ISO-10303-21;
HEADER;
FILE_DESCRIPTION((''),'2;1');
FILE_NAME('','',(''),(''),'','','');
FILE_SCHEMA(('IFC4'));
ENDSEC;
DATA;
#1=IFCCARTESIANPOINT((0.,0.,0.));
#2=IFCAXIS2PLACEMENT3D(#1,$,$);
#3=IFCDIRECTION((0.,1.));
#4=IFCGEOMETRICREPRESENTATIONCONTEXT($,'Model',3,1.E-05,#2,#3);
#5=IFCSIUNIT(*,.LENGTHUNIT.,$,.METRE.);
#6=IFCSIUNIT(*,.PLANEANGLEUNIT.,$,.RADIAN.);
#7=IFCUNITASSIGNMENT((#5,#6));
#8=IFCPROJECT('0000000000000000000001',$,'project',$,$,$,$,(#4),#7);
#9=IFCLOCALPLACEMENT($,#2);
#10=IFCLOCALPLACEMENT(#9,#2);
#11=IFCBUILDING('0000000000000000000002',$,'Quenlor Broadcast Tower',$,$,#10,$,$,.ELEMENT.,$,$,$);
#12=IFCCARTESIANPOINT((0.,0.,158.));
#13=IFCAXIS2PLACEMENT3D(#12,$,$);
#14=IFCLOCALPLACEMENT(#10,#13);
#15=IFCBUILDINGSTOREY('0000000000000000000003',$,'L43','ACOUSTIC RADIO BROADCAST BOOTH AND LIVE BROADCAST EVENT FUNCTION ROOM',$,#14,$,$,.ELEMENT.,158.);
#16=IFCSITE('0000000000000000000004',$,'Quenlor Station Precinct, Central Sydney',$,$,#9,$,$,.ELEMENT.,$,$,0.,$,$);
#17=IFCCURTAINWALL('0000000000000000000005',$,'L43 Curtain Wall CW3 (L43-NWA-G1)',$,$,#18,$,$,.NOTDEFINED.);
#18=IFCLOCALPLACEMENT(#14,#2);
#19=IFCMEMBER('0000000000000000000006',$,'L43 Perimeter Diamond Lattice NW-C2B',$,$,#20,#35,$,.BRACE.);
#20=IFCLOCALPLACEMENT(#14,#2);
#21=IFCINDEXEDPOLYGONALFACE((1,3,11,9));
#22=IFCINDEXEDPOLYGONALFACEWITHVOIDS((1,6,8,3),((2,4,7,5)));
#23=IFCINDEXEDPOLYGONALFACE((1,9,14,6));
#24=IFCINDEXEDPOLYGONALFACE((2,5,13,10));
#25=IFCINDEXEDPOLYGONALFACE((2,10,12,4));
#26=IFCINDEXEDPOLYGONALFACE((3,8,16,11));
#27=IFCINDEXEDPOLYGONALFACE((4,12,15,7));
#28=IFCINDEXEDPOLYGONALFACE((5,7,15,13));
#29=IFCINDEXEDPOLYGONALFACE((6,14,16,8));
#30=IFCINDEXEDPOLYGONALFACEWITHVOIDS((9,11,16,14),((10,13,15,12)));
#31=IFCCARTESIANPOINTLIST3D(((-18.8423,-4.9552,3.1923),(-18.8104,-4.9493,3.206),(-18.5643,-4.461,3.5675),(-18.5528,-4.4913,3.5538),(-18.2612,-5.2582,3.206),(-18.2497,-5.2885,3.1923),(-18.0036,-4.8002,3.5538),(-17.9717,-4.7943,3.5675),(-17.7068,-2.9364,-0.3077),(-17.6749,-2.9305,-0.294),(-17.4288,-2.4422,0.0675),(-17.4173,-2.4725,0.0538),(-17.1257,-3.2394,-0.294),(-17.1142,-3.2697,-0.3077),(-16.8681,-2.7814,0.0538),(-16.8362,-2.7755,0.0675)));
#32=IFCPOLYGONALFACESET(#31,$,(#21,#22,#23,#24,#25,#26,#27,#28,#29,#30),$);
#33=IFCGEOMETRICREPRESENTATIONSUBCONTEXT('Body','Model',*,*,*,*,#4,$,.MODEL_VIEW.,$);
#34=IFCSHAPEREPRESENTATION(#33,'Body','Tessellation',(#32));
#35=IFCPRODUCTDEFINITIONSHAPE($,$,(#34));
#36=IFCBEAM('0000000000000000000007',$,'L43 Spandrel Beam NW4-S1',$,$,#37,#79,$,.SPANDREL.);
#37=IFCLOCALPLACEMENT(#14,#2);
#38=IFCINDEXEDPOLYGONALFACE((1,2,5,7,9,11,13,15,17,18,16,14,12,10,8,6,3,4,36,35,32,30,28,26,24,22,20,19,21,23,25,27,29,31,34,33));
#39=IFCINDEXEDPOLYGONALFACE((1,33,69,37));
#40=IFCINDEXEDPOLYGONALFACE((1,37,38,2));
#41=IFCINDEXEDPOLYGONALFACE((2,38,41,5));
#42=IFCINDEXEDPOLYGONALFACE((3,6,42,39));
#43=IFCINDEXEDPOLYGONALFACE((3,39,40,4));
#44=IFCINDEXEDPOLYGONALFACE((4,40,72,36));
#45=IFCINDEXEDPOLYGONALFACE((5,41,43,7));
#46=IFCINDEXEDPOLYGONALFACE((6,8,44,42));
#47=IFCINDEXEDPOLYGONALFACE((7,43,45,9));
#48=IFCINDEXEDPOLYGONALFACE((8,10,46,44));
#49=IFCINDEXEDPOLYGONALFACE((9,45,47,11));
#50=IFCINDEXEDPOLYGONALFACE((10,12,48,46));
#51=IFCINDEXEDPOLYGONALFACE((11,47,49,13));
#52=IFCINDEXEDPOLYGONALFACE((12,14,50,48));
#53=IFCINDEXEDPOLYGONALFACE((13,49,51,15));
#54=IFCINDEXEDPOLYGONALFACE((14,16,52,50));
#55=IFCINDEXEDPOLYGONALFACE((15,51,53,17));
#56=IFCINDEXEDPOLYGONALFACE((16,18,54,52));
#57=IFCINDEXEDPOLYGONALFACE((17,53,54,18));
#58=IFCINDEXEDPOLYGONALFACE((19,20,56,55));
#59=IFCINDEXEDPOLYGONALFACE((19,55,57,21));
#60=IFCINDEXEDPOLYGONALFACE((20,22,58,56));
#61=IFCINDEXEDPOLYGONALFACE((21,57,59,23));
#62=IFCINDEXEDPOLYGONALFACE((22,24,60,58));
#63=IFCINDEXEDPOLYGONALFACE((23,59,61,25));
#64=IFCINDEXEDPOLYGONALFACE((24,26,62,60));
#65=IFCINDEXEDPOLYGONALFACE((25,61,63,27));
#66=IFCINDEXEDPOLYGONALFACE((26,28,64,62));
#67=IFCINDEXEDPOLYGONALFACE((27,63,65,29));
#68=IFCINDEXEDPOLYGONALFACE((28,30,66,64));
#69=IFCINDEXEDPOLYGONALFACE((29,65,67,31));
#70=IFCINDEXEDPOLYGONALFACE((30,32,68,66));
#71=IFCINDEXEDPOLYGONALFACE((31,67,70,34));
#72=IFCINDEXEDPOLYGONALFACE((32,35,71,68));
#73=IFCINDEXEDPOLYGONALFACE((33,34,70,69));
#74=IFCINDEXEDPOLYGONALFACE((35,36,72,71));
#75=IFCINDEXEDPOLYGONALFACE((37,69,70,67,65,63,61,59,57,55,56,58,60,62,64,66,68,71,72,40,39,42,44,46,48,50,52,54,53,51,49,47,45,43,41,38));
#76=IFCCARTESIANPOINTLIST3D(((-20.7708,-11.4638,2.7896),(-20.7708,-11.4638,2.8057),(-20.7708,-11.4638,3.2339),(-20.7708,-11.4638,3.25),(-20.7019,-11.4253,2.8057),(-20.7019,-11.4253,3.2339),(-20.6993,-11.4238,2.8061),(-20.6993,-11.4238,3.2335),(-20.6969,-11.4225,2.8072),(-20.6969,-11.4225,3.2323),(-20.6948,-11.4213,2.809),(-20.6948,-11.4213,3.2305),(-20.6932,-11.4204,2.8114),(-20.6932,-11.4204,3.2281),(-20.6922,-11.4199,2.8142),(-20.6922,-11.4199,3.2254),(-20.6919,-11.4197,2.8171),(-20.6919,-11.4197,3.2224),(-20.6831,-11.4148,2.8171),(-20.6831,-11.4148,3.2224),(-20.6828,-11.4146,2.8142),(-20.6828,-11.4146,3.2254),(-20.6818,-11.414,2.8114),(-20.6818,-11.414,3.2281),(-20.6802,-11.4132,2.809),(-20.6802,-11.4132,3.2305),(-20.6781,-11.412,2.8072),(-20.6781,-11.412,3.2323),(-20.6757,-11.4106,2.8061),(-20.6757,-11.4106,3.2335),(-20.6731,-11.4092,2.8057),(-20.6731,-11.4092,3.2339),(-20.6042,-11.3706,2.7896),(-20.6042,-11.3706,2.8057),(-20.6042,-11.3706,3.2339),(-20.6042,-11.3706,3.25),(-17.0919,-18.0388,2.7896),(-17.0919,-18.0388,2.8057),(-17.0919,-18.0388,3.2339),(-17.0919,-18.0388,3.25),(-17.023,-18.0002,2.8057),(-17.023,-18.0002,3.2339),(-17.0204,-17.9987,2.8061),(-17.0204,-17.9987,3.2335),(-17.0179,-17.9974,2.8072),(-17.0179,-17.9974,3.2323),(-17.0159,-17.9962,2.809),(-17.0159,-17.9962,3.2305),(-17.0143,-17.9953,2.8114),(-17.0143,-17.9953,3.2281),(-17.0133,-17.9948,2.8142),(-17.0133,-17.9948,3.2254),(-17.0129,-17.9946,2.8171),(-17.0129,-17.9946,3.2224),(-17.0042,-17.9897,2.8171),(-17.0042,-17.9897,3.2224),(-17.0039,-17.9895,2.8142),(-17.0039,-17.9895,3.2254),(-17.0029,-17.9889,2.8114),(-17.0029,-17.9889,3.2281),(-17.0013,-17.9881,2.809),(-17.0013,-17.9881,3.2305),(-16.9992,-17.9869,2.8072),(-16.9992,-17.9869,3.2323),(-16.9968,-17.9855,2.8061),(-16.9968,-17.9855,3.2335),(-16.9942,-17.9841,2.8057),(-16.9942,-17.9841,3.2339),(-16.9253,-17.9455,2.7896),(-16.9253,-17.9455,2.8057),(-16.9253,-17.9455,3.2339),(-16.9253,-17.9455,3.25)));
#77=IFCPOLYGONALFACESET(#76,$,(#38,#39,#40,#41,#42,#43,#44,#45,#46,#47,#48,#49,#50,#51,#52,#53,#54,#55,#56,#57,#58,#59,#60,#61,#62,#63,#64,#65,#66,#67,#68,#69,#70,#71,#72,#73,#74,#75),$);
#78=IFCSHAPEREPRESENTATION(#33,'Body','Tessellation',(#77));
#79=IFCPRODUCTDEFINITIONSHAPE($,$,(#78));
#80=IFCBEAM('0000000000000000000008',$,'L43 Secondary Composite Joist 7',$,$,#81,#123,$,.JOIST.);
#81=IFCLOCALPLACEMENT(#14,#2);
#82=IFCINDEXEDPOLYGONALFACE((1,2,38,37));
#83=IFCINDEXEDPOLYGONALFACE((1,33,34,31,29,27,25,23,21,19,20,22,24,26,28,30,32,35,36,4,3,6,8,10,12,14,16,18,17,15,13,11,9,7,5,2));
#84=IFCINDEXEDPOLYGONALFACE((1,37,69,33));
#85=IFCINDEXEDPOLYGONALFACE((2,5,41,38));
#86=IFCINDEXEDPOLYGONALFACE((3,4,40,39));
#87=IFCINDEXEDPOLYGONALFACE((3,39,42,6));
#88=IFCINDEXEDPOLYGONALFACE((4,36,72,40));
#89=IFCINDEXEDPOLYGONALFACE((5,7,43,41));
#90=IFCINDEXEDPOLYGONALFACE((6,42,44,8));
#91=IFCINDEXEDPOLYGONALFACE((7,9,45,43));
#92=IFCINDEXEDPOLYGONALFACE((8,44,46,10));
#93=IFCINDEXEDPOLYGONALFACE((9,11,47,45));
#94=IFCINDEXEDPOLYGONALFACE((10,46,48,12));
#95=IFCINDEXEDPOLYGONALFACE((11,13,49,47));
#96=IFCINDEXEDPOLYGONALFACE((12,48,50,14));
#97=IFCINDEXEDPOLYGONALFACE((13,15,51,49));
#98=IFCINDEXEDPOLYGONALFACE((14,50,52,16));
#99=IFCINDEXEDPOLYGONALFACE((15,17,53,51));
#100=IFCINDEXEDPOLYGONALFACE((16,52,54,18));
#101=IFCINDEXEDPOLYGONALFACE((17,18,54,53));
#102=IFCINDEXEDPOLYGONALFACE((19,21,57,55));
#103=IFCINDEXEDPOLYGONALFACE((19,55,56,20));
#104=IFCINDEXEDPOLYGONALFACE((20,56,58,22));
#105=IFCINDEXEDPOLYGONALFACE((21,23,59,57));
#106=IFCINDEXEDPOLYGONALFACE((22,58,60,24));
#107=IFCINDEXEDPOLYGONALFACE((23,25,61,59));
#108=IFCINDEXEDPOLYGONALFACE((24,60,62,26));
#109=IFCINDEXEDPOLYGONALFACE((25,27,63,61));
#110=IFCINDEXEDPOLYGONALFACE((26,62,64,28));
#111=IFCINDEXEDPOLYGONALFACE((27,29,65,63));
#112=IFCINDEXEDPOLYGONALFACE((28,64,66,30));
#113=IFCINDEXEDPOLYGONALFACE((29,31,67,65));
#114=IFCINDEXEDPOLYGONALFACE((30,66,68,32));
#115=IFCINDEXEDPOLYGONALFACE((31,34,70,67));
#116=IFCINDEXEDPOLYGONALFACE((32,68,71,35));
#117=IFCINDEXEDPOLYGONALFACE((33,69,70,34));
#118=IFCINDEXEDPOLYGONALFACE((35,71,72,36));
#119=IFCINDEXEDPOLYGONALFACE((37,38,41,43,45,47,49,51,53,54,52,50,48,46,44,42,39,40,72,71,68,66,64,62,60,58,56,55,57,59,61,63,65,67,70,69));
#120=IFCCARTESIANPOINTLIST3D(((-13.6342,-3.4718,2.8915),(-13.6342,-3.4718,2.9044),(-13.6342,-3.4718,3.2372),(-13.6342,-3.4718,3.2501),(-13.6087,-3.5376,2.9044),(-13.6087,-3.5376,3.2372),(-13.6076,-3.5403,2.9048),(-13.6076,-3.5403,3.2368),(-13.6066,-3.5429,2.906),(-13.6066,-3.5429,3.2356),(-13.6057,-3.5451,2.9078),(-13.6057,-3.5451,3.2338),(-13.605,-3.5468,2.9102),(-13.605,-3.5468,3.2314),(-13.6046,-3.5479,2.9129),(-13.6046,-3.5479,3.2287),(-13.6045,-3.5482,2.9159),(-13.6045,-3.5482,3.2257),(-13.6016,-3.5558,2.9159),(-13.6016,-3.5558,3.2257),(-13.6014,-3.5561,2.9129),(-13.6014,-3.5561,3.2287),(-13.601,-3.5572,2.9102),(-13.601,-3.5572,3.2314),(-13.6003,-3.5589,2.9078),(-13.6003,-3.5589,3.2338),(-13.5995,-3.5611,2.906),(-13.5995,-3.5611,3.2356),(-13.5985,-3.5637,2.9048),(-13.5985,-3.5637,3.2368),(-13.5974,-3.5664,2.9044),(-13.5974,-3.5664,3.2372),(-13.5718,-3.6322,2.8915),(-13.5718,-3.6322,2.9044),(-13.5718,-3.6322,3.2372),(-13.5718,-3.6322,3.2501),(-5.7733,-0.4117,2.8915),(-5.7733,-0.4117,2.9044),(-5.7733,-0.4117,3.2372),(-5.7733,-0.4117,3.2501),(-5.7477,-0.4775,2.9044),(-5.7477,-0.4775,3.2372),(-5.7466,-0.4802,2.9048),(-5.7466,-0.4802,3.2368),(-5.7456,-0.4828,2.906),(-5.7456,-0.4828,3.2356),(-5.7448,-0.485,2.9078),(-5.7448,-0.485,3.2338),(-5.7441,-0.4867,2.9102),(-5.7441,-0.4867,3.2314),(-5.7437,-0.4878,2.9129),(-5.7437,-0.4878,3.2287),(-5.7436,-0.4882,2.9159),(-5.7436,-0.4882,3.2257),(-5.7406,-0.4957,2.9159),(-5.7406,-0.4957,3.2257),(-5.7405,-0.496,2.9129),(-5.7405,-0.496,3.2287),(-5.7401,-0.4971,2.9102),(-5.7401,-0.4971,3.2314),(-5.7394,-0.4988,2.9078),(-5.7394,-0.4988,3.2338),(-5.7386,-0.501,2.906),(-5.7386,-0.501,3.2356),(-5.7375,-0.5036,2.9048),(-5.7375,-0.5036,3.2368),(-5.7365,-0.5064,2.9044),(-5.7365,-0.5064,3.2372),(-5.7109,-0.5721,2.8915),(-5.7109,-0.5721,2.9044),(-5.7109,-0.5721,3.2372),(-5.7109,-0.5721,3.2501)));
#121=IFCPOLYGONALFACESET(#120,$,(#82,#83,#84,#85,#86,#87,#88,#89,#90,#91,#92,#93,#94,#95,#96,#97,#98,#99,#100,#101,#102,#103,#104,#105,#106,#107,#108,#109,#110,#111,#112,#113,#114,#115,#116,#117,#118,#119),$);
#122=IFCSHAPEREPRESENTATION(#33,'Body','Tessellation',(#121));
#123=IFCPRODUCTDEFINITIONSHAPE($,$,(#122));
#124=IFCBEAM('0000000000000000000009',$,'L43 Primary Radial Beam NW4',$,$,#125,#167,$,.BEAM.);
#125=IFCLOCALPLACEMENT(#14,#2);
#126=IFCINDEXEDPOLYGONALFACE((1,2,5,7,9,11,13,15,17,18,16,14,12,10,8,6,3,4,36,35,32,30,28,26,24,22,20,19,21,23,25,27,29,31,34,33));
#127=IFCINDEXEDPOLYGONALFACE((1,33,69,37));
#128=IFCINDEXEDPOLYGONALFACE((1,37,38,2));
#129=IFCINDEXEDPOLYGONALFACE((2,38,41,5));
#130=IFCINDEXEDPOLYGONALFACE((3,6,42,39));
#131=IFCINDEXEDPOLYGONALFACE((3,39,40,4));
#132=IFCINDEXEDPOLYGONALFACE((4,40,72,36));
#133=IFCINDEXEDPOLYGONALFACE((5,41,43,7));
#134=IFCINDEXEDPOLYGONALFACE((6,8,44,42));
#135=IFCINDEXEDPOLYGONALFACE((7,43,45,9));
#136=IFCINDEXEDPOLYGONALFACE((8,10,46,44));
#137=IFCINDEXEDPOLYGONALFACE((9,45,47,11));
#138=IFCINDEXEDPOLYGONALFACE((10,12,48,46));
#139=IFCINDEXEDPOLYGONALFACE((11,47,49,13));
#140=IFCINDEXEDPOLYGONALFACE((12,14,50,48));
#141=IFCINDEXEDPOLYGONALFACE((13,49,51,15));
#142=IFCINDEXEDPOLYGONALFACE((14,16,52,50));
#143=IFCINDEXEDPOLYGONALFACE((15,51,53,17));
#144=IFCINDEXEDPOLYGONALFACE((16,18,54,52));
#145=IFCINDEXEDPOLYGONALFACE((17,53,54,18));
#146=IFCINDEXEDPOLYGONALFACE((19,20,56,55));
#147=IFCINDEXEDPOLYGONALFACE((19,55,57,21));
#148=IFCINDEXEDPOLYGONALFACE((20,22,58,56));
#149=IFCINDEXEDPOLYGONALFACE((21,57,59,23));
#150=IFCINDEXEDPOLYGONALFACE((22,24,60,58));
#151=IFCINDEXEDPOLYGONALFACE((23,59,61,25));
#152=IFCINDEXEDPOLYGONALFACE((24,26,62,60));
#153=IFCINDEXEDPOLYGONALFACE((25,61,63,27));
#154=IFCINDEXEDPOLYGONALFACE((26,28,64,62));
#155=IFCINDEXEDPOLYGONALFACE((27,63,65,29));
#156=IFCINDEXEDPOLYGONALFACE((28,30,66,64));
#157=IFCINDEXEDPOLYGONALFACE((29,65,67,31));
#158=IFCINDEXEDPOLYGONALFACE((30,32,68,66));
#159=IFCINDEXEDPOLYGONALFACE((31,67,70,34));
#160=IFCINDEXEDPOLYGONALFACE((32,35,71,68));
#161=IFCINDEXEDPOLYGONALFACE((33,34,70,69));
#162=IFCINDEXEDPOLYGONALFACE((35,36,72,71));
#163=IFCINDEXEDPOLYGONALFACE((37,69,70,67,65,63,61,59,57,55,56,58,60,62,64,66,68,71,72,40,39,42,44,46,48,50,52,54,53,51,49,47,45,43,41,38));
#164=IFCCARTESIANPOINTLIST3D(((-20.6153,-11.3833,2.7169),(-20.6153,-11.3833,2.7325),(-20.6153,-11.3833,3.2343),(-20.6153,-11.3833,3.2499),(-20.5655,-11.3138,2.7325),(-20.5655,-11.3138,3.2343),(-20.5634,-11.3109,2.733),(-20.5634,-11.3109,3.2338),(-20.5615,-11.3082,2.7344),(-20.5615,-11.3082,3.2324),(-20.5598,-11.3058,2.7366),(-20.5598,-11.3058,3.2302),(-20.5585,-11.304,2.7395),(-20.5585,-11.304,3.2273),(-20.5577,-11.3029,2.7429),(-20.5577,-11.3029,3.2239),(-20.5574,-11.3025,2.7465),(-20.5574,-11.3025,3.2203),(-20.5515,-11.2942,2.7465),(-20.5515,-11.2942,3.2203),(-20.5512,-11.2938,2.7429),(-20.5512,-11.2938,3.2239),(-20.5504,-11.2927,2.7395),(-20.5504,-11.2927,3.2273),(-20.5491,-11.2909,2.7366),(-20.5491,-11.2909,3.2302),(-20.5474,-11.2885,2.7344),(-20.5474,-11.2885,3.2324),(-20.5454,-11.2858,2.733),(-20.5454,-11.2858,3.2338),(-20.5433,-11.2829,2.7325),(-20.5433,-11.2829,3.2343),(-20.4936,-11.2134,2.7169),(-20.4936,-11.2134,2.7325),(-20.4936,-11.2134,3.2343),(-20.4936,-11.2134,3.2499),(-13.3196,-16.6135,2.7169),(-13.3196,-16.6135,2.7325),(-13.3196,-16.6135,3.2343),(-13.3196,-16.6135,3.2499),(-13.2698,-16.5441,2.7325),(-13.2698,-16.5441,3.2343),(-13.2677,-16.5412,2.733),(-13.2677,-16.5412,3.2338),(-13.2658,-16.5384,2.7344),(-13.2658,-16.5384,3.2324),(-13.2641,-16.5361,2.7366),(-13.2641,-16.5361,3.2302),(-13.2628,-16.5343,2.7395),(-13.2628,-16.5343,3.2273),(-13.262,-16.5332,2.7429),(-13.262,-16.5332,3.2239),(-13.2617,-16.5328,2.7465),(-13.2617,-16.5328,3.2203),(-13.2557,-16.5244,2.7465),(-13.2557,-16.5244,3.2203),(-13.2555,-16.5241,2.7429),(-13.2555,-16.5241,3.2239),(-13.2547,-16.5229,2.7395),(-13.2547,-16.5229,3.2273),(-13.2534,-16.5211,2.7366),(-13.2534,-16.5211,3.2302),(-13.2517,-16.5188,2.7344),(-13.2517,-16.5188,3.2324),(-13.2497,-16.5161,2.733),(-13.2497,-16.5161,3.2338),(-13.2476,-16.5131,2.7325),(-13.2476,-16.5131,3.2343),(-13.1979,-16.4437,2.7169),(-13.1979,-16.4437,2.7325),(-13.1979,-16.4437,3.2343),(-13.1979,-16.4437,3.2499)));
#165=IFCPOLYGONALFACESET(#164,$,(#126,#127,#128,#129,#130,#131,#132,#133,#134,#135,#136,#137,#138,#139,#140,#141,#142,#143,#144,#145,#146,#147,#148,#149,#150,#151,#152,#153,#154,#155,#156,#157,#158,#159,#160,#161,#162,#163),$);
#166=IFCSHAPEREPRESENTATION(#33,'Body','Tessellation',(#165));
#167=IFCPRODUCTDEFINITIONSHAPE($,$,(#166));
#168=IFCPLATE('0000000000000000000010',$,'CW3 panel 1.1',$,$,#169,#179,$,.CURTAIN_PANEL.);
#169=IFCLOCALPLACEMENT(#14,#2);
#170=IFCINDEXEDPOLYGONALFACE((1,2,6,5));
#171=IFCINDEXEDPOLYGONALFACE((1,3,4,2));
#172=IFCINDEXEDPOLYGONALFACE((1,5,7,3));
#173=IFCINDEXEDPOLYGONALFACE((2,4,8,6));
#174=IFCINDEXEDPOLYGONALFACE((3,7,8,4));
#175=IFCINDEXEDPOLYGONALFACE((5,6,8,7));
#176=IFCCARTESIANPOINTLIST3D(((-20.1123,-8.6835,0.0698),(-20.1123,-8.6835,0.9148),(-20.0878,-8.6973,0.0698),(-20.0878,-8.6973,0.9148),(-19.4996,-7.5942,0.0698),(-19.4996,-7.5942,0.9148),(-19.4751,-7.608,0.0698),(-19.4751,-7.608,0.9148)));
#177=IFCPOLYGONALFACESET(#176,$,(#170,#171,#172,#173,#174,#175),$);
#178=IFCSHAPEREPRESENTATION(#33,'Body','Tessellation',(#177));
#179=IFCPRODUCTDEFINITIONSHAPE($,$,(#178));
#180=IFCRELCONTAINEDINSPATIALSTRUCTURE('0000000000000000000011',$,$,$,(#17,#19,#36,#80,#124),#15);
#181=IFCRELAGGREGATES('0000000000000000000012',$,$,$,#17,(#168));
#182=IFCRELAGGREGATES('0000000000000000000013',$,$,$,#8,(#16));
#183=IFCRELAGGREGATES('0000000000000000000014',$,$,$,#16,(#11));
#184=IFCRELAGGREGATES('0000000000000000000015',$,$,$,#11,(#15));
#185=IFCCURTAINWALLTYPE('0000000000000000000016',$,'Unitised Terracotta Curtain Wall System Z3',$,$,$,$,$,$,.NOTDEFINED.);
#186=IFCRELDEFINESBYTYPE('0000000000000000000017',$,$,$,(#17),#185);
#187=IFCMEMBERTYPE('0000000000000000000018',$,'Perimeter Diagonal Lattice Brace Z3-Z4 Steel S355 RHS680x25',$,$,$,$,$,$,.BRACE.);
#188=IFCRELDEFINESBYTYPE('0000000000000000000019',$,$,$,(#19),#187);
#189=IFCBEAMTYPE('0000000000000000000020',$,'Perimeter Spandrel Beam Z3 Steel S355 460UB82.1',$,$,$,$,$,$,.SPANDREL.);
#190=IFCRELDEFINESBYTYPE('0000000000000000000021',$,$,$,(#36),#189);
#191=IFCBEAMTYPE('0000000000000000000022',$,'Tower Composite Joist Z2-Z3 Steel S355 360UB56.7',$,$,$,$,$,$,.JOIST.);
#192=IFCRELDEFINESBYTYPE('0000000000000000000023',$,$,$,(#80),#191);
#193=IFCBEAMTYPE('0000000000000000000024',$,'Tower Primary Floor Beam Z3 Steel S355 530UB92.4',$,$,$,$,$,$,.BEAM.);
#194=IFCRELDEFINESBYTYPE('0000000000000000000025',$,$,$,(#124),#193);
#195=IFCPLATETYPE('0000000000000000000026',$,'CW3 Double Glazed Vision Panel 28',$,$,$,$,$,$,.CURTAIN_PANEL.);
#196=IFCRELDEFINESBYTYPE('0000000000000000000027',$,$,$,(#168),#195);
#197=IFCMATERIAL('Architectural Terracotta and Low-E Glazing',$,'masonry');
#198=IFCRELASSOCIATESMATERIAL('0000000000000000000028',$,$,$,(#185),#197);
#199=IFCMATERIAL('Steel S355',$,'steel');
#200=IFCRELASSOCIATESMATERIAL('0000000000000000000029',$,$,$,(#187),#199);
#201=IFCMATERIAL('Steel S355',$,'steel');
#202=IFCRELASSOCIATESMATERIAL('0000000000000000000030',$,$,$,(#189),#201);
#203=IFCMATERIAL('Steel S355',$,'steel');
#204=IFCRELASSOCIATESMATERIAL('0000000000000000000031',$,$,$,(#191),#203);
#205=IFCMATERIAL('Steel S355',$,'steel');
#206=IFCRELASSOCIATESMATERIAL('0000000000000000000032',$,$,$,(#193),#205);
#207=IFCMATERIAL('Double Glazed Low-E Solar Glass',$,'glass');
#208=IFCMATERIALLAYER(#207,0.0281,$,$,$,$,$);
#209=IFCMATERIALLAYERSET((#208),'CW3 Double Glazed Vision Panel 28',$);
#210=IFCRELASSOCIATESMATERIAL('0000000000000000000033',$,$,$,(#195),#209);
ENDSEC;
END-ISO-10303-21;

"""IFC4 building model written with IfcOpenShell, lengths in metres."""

from ifc_helpers import new_model, si_unit, direction, frame, origin, origin_2d, place, context, subcontext, project, spatial, rectangle, hollow_rectangle, i_section, extrude, material, layer, layer_set, material_profile, profile_set, type_object, element, aggregate, save


model = new_model("IFC4")

# Units and contexts
model_context = context("Model", 3, precision=1e-05, world=origin(), true_north=direction((0.0, 1.0)))
body_context = subcontext(model_context, "Body", "Model", "MODEL_VIEW")
ifc_project = project(units=[si_unit("LENGTHUNIT", "METRE"), si_unit("PLANEANGLEUNIT", "RADIAN")], contexts=[model_context])

# Site, building, storey
site_placement = place(None, origin())
site = spatial("IfcSite", under=ifc_project, at=site_placement, Name="Quenlor Station Precinct, Central Sydney", CompositionType="ELEMENT", RefElevation=0.0)
building_placement = place(site_placement, origin())
building = spatial("IfcBuilding", under=site, at=building_placement, Name="Quenlor Broadcast Tower", CompositionType="ELEMENT")
storey_placement = place(building_placement, frame((0.0, 0.0, 158.0)))
storey = spatial("IfcBuildingStorey", under=building, at=storey_placement, Name="L43", Description="ACOUSTIC RADIO BROADCAST BOOTH AND LIVE BROADCAST EVENT FUNCTION ROOM", CompositionType="ELEMENT", Elevation=158.0)

# Curtain wall
ifc_material_1 = material(Name="Architectural Terracotta and Low-E Glazing", Category="masonry")
curtain_wall_type = type_object("IfcCurtainWallType", Name="Unitised Terracotta Curtain Wall System Z3", PredefinedType="NOTDEFINED", material=ifc_material_1)
curtain_wall_placement = place(storey_placement, origin())
curtain_wall = element("IfcCurtainWall", 1, at=curtain_wall_placement, inside=storey, type_object=curtain_wall_type, Name="L43 Curtain Wall CW3 (L43-NWA-G1)", PredefinedType="NOTDEFINED")

# Member
ifc_material_2 = material(Name="Steel S355", Category="steel")
ifc_material_profile_1 = material_profile(ifc_material_2, hollow_rectangle(XDim=0.6799, YDim=0.6799, WallThickness=0.0249, at=origin_2d()))
ifc_profile_set_1 = profile_set([ifc_material_profile_1], Name="Steel S355 RHS680x680x25")
member_type_1 = type_object("IfcMemberType", Name="Perimeter Diagonal Lattice Brace Z3-Z4 Steel S355 RHS680x25", PredefinedType="BRACE", material=ifc_profile_set_1)
for number, where, z_axis, x_axis, name in (
    (2, (-17.2715, -2.856, -0.1201), (-0.270549, -0.481009, 0.833927), (0.87159, -0.490236, 0.0), "L43 Perimeter Diamond Lattice NW-C2B"),
):
    element("IfcMember", number, at=place(storey_placement, frame(where, z_axis=z_axis, x_axis=x_axis)), inside=storey, type_object=member_type_1, Name=name, PredefinedType="BRACE", context=body_context, shape_type="SweptSolid", body=[
        extrude(hollow_rectangle(XDim=0.6799, YDim=0.6799, WallThickness=0.0249, at=origin_2d()), origin(), (0.0, 0.0, 1.0), 4.197),
    ])

# Beams
ifc_material_3 = material(Name="Steel S355", Category="steel")
ifc_material_profile_2 = material_profile(ifc_material_3, i_section(OverallWidth=0.1909, OverallDepth=0.4604, WebThickness=0.01, FlangeThickness=0.0161, FilletRadius=0.0115, at=origin_2d()))
ifc_profile_set_2 = profile_set([ifc_material_profile_2], Name="Steel S355 460UB82.1")
beam_type_1 = type_object("IfcBeamType", Name="Perimeter Spandrel Beam Z3 Steel S355 460UB82.1", PredefinedType="SPANDREL", material=ifc_profile_set_2)
beam_1_placement = place(storey_placement, frame((-20.6875, -11.4172, 3.0198), z_axis=(0.488298, -0.872677, 0.0), x_axis=(0.872677, 0.488298, 0.0)))
element("IfcBeam", 3, at=beam_1_placement, inside=storey, type_object=beam_type_1, Name="L43 Spandrel Beam NW4-S1", PredefinedType="SPANDREL", context=body_context, shape_type="SweptSolid", body=[
    extrude(i_section(OverallWidth=0.1909, OverallDepth=0.4604, WebThickness=0.01, FlangeThickness=0.0161, FilletRadius=0.0115, at=origin_2d()), origin(), (0.0, 0.0, 1.0), 7.5342),
])
ifc_material_4 = material(Name="Steel S355", Category="steel")
ifc_material_profile_3 = material_profile(ifc_material_4, i_section(OverallWidth=0.1721, OverallDepth=0.3586, WebThickness=0.0081, FlangeThickness=0.0129, FilletRadius=0.0115, at=origin_2d()))
ifc_profile_set_3 = profile_set([ifc_material_profile_3], Name="Steel S355 360UB56.7")
beam_type_2 = type_object("IfcBeamType", Name="Tower Composite Joist Z2-Z3 Steel S355 360UB56.7", PredefinedType="JOIST", material=ifc_profile_set_3)
beam_2_placement = place(storey_placement, frame((-13.603, -3.552, 3.0708), z_axis=(0.931882, 0.362762, 0.0), x_axis=(-0.362762, 0.931882, 0.0)))
element("IfcBeam", 4, at=beam_2_placement, inside=storey, type_object=beam_type_2, Name="L43 Secondary Composite Joist 7", PredefinedType="JOIST", context=body_context, shape_type="SweptSolid", body=[
    extrude(i_section(OverallWidth=0.1721, OverallDepth=0.3586, WebThickness=0.0081, FlangeThickness=0.0129, FilletRadius=0.0115, at=origin_2d()), origin(), (0.0, 0.0, 1.0), 8.4355),
])
ifc_material_5 = material(Name="Steel S355", Category="steel")
ifc_material_profile_4 = material_profile(ifc_material_5, i_section(OverallWidth=0.209, OverallDepth=0.533, WebThickness=0.0103, FlangeThickness=0.0156, FilletRadius=0.0139, at=origin_2d()))
ifc_profile_set_4 = profile_set([ifc_material_profile_4], Name="Steel S355 530UB92.4")
beam_type_3 = type_object("IfcBeamType", Name="Tower Primary Floor Beam Z3 Steel S355 530UB92.4", PredefinedType="BEAM", material=ifc_profile_set_4)
beam_3_placement = place(storey_placement, frame((-20.5544, -11.2983, 2.9834), z_axis=(0.812729, -0.582642, 0.0), x_axis=(0.582642, 0.812729, 0.0)))
element("IfcBeam", 5, at=beam_3_placement, inside=storey, type_object=beam_type_3, Name="L43 Primary Radial Beam NW4", PredefinedType="BEAM", context=body_context, shape_type="SweptSolid", body=[
    extrude(i_section(OverallWidth=0.209, OverallDepth=0.533, WebThickness=0.0103, FlangeThickness=0.0156, FilletRadius=0.0139, at=origin_2d()), origin(), (0.0, 0.0, 1.0), 8.9768),
])

# Plate
ifc_material_6 = material(Name="Double Glazed Low-E Solar Glass", Category="glass")
ifc_layer_1 = layer(ifc_material_6, 0.0281)
ifc_layer_set_1 = layer_set([ifc_layer_1], Name="CW3 Double Glazed Vision Panel 28")
plate_type_1 = type_object("IfcPlateType", Name="CW3 Double Glazed Vision Panel 28", PredefinedType="CURTAIN_PANEL", material=ifc_layer_set_1)
plate_1_placement = place(storey_placement, frame((-19.7937, -8.1458, 0.0698), z_axis=(0.0, 0.0, 1.0), x_axis=(0.490261, 0.871576, 0.0)))
plate_1 = element("IfcPlate", 6, at=plate_1_placement, type_object=plate_type_1, Name="CW3 panel 1.1", PredefinedType="CURTAIN_PANEL", context=body_context, shape_type="SweptSolid", body=[
    extrude(rectangle(XDim=1.2498, YDim=0.0281, at=origin_2d()), origin(), (0.0, 0.0, 1.0), 0.845),
])
aggregate(curtain_wall, [plate_1])

save(model, "model.ifc")
